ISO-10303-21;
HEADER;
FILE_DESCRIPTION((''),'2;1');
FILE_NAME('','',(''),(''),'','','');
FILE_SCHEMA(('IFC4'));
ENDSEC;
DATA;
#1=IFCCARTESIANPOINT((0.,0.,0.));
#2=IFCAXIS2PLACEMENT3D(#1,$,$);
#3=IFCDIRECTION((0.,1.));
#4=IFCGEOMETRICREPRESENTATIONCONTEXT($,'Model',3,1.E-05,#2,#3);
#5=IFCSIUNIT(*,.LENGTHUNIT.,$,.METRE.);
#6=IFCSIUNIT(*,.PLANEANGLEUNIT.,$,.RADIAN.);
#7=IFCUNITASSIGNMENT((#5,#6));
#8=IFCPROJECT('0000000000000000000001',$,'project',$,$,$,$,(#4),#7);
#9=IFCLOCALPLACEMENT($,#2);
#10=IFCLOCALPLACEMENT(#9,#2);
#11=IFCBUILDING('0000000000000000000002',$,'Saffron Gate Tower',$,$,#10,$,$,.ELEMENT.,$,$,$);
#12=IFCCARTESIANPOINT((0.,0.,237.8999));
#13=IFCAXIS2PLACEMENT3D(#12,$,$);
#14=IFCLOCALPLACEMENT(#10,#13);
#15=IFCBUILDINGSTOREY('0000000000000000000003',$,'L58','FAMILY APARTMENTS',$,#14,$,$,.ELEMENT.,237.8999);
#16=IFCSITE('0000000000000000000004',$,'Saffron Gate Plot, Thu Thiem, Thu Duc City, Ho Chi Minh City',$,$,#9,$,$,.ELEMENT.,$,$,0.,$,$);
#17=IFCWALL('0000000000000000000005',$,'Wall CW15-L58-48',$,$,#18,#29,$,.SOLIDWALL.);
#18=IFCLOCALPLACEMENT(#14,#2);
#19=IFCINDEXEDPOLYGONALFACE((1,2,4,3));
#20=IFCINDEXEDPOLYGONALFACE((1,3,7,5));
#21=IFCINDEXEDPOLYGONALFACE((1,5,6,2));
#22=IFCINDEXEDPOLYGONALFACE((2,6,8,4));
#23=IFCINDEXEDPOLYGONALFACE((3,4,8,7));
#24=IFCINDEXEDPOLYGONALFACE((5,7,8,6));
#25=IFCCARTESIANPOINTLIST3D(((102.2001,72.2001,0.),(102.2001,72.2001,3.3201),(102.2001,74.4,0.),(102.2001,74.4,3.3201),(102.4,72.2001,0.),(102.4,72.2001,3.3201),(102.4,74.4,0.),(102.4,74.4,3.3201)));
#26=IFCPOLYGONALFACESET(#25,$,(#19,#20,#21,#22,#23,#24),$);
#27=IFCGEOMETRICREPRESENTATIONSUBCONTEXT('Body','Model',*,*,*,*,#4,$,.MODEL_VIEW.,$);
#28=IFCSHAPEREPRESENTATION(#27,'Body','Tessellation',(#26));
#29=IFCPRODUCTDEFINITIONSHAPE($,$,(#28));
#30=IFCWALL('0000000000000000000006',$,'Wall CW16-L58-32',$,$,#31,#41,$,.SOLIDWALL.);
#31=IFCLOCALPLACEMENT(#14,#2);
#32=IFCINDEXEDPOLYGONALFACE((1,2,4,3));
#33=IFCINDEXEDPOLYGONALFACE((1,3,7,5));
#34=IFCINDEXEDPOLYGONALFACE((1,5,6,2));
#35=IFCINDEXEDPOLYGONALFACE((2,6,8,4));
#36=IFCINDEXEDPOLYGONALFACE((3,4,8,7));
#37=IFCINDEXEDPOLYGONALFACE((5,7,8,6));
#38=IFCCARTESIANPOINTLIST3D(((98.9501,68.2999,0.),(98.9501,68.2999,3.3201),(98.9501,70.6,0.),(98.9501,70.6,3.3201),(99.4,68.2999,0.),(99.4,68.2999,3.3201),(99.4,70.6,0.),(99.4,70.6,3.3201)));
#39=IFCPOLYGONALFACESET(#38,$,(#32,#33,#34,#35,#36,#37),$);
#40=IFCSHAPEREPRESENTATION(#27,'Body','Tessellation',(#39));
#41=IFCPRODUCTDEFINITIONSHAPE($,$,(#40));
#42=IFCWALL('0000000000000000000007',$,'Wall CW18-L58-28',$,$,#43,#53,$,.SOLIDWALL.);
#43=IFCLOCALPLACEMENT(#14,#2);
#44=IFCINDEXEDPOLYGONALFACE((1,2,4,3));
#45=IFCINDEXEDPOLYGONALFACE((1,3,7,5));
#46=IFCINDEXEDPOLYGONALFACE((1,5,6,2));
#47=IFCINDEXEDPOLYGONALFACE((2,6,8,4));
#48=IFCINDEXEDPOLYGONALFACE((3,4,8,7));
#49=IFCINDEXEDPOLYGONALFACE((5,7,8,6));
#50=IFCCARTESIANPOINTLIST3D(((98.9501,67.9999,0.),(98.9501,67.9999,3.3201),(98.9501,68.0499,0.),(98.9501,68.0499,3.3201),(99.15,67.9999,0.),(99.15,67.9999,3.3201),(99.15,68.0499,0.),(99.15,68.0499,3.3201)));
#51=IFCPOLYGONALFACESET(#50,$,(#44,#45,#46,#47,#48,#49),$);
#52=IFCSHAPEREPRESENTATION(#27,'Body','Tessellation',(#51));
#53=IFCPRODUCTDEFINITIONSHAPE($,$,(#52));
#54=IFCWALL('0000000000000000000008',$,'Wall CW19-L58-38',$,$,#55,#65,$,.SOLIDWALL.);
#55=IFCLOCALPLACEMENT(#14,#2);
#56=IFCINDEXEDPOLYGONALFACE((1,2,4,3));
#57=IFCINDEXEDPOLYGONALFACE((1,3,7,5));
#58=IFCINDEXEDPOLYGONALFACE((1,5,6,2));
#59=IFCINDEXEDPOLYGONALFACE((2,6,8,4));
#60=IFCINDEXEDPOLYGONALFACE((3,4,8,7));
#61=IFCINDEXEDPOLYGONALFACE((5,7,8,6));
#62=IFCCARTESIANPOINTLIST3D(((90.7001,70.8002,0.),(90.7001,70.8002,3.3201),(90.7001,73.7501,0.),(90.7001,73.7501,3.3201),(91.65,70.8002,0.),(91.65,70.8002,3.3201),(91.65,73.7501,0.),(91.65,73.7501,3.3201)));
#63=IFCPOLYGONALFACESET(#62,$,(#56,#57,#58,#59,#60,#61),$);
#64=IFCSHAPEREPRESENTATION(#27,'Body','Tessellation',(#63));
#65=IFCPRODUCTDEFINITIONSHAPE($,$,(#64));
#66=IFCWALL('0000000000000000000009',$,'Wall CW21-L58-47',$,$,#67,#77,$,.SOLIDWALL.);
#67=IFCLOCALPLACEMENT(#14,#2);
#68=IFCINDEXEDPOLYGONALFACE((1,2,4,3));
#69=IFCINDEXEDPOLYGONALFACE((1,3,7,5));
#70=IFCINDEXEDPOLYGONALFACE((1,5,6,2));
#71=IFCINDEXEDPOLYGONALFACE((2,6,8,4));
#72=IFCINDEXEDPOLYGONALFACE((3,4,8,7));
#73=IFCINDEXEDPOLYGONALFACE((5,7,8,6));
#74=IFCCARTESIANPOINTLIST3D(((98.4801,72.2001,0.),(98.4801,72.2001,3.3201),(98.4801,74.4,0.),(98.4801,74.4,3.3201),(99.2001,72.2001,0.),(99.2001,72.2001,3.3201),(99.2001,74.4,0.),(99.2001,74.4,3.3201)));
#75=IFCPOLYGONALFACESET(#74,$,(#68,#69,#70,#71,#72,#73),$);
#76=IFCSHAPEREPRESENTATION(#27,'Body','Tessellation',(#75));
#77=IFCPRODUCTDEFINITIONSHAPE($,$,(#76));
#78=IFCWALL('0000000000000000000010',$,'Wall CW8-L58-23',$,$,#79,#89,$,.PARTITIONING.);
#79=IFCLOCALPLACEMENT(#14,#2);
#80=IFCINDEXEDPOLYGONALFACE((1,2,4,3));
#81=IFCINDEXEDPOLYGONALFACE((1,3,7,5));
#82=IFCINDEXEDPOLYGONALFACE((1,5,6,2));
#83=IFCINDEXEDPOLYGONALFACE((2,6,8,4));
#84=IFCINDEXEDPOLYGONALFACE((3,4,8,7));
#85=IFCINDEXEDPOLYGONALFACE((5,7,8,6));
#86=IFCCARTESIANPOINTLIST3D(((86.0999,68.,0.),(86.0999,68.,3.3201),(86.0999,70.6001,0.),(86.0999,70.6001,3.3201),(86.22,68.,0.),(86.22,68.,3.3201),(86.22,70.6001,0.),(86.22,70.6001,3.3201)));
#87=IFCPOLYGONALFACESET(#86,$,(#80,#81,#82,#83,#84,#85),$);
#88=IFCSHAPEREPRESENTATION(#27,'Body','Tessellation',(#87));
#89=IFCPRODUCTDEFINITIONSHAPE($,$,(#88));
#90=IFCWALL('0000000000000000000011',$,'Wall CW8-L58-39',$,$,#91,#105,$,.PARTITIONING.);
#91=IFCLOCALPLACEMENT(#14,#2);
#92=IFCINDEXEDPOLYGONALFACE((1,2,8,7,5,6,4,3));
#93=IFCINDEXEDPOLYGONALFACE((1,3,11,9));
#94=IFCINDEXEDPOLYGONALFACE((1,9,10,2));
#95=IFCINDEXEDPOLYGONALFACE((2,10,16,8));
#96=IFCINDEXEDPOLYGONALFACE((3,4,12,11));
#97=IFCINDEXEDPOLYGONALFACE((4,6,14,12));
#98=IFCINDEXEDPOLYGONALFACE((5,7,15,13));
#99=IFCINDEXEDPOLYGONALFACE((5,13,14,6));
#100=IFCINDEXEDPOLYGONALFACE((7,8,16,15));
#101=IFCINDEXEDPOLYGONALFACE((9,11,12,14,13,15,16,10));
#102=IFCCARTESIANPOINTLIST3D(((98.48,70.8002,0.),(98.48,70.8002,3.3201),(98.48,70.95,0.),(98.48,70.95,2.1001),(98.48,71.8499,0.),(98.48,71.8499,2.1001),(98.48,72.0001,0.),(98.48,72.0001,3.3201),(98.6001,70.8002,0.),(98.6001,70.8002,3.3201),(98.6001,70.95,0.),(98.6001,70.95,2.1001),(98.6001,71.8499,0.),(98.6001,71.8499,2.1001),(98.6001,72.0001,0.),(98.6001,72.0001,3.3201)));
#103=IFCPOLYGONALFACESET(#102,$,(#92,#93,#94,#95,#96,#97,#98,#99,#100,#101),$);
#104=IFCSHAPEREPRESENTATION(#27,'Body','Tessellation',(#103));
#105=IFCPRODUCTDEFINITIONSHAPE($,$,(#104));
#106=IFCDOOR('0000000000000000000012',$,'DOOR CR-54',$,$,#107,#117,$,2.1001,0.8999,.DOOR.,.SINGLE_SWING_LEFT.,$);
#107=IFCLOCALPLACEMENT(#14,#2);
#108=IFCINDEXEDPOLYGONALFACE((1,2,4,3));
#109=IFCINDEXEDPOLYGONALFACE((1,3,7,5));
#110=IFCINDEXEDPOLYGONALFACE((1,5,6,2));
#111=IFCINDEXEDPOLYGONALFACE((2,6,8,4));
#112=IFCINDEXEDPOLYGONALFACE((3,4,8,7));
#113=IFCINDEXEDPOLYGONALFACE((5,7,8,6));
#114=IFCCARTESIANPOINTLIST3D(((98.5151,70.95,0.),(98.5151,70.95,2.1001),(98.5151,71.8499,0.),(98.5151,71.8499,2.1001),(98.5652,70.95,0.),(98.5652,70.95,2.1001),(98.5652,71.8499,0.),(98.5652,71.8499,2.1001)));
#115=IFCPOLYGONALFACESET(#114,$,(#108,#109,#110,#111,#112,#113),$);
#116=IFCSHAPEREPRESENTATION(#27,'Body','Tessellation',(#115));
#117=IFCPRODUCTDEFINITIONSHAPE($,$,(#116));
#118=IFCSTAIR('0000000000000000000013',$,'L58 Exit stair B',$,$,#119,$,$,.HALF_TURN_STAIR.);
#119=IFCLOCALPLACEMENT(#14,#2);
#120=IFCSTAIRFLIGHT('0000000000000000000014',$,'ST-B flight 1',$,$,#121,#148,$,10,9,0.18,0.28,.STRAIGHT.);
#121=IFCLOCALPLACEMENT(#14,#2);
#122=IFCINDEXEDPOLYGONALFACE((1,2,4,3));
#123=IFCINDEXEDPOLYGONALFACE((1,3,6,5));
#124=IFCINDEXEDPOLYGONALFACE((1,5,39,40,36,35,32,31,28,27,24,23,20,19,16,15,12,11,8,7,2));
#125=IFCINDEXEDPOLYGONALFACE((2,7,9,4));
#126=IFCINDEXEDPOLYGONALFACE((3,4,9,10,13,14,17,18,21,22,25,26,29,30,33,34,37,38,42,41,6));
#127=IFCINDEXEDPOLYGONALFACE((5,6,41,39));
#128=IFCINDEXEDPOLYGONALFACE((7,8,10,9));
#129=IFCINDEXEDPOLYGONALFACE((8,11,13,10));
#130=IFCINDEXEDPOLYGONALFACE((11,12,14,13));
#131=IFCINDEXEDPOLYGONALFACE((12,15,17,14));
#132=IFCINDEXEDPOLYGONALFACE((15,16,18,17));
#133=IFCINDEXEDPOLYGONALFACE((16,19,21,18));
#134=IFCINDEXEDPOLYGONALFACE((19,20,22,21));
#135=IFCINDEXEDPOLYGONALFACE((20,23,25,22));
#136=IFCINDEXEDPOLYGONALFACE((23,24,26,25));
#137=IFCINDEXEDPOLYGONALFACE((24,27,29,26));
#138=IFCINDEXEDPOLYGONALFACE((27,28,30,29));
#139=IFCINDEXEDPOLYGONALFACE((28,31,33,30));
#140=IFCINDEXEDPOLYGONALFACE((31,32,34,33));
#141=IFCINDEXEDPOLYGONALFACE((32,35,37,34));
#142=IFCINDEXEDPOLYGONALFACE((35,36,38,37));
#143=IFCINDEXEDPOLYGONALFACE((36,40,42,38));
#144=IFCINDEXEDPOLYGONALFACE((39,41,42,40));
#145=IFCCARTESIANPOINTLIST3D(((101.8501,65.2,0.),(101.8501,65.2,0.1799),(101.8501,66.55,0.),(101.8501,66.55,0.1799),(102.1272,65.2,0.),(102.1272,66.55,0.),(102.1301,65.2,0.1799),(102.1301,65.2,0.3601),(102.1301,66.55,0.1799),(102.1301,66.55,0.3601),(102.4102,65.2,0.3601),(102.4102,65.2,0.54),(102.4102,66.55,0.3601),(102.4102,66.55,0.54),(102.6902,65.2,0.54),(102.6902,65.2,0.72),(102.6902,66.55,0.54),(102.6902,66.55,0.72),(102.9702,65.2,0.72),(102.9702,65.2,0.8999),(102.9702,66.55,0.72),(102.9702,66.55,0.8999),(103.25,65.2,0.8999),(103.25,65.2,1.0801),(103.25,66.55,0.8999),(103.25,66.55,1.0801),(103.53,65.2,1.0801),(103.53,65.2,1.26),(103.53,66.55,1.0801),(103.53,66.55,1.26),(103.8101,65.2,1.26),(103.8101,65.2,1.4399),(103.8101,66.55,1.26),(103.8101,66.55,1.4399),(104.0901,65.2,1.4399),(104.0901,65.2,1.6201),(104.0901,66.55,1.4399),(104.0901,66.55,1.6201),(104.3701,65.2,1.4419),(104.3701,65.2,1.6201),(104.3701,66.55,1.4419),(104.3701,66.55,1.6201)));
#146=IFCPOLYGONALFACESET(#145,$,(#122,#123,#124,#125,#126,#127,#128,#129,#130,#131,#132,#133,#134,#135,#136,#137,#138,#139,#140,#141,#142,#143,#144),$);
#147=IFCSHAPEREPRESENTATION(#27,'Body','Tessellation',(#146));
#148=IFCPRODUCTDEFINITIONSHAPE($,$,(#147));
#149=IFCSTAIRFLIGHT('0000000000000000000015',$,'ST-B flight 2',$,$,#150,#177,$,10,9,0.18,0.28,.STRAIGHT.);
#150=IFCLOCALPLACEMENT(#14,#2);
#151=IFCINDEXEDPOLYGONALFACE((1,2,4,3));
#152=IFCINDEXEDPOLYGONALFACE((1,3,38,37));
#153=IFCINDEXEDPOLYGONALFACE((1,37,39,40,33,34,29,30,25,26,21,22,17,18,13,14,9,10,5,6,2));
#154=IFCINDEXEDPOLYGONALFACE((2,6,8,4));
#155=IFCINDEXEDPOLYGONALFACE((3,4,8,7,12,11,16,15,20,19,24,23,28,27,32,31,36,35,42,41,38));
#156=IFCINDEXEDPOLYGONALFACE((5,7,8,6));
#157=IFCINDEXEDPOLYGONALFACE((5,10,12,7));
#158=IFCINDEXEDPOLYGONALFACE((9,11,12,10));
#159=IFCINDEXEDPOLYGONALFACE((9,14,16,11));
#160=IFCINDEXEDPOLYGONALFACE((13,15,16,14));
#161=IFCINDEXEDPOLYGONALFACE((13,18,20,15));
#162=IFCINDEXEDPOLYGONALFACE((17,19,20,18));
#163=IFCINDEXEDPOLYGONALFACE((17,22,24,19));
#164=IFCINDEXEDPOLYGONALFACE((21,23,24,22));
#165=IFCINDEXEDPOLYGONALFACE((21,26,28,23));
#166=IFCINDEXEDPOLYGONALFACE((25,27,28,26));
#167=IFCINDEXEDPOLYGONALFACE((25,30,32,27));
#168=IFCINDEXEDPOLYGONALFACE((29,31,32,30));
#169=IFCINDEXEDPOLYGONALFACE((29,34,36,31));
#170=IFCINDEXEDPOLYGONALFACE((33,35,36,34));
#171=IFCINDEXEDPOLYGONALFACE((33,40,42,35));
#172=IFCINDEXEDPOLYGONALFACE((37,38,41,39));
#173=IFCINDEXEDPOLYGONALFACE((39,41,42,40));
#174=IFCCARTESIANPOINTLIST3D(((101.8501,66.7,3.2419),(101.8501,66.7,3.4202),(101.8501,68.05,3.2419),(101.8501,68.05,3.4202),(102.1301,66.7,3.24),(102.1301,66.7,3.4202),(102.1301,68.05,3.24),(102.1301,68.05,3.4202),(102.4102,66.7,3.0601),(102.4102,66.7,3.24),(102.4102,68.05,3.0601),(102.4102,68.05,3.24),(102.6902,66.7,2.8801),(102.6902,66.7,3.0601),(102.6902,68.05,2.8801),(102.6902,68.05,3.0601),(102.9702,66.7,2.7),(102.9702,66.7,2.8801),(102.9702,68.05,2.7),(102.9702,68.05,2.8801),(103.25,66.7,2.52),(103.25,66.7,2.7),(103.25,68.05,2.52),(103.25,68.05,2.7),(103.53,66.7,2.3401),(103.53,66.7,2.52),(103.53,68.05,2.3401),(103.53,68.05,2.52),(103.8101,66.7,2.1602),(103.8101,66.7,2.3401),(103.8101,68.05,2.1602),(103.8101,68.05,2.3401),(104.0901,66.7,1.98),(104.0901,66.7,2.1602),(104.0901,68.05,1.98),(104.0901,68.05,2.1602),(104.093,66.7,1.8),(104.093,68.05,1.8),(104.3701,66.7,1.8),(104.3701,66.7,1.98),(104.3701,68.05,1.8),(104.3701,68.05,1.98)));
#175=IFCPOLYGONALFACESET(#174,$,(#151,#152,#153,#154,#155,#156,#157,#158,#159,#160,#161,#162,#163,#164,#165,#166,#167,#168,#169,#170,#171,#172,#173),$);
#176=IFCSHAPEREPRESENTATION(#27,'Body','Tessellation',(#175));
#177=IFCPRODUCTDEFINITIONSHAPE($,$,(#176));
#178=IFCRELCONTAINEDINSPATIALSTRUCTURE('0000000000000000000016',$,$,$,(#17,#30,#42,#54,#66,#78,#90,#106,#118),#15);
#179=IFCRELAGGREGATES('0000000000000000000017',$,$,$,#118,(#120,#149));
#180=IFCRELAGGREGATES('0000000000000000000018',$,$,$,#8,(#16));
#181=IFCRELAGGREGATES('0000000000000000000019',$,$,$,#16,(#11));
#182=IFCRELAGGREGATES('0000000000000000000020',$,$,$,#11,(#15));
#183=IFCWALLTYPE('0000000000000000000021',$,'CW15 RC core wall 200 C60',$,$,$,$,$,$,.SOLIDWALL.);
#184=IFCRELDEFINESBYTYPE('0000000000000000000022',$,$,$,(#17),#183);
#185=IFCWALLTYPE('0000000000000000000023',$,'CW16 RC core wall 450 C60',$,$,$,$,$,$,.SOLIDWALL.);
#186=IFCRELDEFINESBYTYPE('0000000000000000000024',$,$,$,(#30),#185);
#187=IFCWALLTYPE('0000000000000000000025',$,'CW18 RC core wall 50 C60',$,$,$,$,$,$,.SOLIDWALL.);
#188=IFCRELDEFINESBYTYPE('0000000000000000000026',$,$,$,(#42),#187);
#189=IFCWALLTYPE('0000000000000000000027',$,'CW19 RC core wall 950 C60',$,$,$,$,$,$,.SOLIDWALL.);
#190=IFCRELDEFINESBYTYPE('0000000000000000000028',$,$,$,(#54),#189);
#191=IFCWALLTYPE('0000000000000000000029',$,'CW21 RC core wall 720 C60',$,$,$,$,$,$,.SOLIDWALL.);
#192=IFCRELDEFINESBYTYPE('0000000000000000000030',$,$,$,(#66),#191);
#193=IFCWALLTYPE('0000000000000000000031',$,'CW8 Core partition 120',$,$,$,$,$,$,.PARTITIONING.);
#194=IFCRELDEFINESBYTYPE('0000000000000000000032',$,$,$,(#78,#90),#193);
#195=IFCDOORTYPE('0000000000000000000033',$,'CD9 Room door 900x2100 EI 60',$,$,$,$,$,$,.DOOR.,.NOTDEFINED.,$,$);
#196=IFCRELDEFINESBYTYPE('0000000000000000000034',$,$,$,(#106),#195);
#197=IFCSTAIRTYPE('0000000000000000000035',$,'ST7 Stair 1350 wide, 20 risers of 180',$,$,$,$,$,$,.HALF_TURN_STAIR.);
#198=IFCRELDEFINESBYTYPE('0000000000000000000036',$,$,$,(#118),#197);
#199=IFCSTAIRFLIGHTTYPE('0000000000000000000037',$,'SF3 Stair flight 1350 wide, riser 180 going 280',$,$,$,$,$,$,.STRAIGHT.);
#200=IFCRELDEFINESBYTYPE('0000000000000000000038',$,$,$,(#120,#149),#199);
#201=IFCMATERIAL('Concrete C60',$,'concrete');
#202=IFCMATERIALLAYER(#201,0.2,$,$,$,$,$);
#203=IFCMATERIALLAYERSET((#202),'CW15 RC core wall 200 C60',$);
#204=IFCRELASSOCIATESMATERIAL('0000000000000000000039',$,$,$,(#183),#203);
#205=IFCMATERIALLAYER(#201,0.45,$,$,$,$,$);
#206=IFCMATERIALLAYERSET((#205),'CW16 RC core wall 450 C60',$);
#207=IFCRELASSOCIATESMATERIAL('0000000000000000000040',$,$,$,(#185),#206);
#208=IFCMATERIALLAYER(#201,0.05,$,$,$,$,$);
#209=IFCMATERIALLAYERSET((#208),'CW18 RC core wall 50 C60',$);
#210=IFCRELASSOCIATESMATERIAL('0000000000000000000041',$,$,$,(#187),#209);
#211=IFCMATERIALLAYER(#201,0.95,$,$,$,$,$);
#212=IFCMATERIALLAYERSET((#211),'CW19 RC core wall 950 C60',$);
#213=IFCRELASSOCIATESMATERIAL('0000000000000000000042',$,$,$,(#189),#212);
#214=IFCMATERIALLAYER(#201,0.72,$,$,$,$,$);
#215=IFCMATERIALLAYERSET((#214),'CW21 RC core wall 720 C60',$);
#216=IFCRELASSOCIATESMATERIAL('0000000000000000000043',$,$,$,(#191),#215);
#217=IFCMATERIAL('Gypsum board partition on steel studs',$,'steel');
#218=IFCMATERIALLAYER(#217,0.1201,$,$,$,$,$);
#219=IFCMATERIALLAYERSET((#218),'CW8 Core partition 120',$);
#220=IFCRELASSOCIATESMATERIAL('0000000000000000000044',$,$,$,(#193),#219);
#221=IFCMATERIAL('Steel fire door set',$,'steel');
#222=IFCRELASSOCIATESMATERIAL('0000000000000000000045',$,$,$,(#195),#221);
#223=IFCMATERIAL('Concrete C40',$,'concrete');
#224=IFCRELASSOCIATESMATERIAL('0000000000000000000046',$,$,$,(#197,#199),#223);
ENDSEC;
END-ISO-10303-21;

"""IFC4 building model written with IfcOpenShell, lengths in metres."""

from ifc_helpers import new_model, si_unit, direction, frame, frame_2d, origin, place, context, subcontext, project, spatial, polyline, rectangle, outline, extrude, material, layer, layer_set, type_object, element, fill, aggregate, save


model = new_model("IFC4")

# Units and contexts
model_context = context("Model", 3, precision=1e-05, world=origin(), true_north=direction((0.0, 1.0)))
body_context = subcontext(model_context, "Body", "Model", "MODEL_VIEW")
ifc_project = project(units=[si_unit("LENGTHUNIT", "METRE"), si_unit("PLANEANGLEUNIT", "RADIAN")], contexts=[model_context])

# Site, building, storey
site_placement = place(None, origin())
site = spatial("IfcSite", under=ifc_project, at=site_placement, Name="Saffron Gate Plot, Thu Thiem, Thu Duc City, Ho Chi Minh City", CompositionType="ELEMENT", RefElevation=0.0)
building_placement = place(site_placement, origin())
building = spatial("IfcBuilding", under=site, at=building_placement, Name="Saffron Gate Tower", CompositionType="ELEMENT")
storey_placement = place(building_placement, frame((0.0, 0.0, 237.8999)))
storey = spatial("IfcBuildingStorey", under=building, at=storey_placement, Name="L58", Description="FAMILY APARTMENTS", CompositionType="ELEMENT", Elevation=237.8999)

# Shared definitions
ifc_material_1 = material(Name="Gypsum board partition on steel studs", Category="steel")
ifc_material_2 = material(Name="Concrete C60", Category="concrete")

# Shared definitions
ifc_material_3 = material(Name="Steel fire door set", Category="steel")

# Shared definitions
ifc_layer_1 = layer(ifc_material_2, 0.2)
ifc_layer_set_1 = layer_set([ifc_layer_1], Name="CW15 RC core wall 200 C60")
wall_type_1 = type_object("IfcWallType", Name="CW15 RC core wall 200 C60", PredefinedType="SOLIDWALL", material=ifc_layer_set_1)

# Walls
wall_1_placement = place(storey_placement, frame((102.3, 72.2, 0.0), z_axis=(0.0, 0.0, 1.0), x_axis=(0.0, 1.0, 0.0)))
element("IfcWall", 1, at=wall_1_placement, inside=storey, type_object=wall_type_1, Name="Wall CW15-L58-48", PredefinedType="SOLIDWALL", context=body_context, shape_type="SweptSolid", body=[
    extrude(rectangle(XDim=2.2, YDim=0.2, at=frame_2d((1.1001, 0.0))), origin(), (0.0, 0.0, 1.0), 3.3201),
])
ifc_layer_2 = layer(ifc_material_2, 0.45)
ifc_layer_set_2 = layer_set([ifc_layer_2], Name="CW16 RC core wall 450 C60")
wall_type_2 = type_object("IfcWallType", Name="CW16 RC core wall 450 C60", PredefinedType="SOLIDWALL", material=ifc_layer_set_2)
wall_2_placement = place(storey_placement, frame((99.175, 68.3, 0.0), z_axis=(0.0, 0.0, 1.0), x_axis=(0.0, 1.0, 0.0)))
element("IfcWall", 2, at=wall_2_placement, inside=storey, type_object=wall_type_2, Name="Wall CW16-L58-32", PredefinedType="SOLIDWALL", context=body_context, shape_type="SweptSolid", body=[
    extrude(rectangle(XDim=2.3, YDim=0.45, at=frame_2d((1.1499, 0.0))), origin(), (0.0, 0.0, 1.0), 3.3201),
])
ifc_layer_3 = layer(ifc_material_2, 0.05)
ifc_layer_set_3 = layer_set([ifc_layer_3], Name="CW18 RC core wall 50 C60")
wall_type_3 = type_object("IfcWallType", Name="CW18 RC core wall 50 C60", PredefinedType="SOLIDWALL", material=ifc_layer_set_3)
wall_3_placement = place(storey_placement, frame((98.95, 68.0249, 0.0), z_axis=(0.0, 0.0, 1.0), x_axis=(1.0, 0.0, 0.0)))
element("IfcWall", 3, at=wall_3_placement, inside=storey, type_object=wall_type_3, Name="Wall CW18-L58-28", PredefinedType="SOLIDWALL", context=body_context, shape_type="SweptSolid", body=[
    extrude(rectangle(XDim=0.2, YDim=0.05, at=frame_2d((0.1001, 0.0))), origin(), (0.0, 0.0, 1.0), 3.3201),
])
ifc_layer_4 = layer(ifc_material_2, 0.95)
ifc_layer_set_4 = layer_set([ifc_layer_4], Name="CW19 RC core wall 950 C60")
wall_type_4 = type_object("IfcWallType", Name="CW19 RC core wall 950 C60", PredefinedType="SOLIDWALL", material=ifc_layer_set_4)
wall_4_placement = place(storey_placement, frame((91.175, 70.8, 0.0), z_axis=(0.0, 0.0, 1.0), x_axis=(0.0, 1.0, 0.0)))
element("IfcWall", 4, at=wall_4_placement, inside=storey, type_object=wall_type_4, Name="Wall CW19-L58-38", PredefinedType="SOLIDWALL", context=body_context, shape_type="SweptSolid", body=[
    extrude(rectangle(XDim=2.95, YDim=0.95, at=frame_2d((1.4751, 0.0))), origin(), (0.0, 0.0, 1.0), 3.3201),
])
ifc_layer_5 = layer(ifc_material_2, 0.72)
ifc_layer_set_5 = layer_set([ifc_layer_5], Name="CW21 RC core wall 720 C60")
wall_type_5 = type_object("IfcWallType", Name="CW21 RC core wall 720 C60", PredefinedType="SOLIDWALL", material=ifc_layer_set_5)
wall_5_placement = place(storey_placement, frame((98.8401, 72.2, 0.0), z_axis=(0.0, 0.0, 1.0), x_axis=(0.0, 1.0, 0.0)))
element("IfcWall", 5, at=wall_5_placement, inside=storey, type_object=wall_type_5, Name="Wall CW21-L58-47", PredefinedType="SOLIDWALL", context=body_context, shape_type="SweptSolid", body=[
    extrude(rectangle(XDim=2.2, YDim=0.72, at=frame_2d((1.1001, 0.0))), origin(), (0.0, 0.0, 1.0), 3.3201),
])
ifc_layer_6 = layer(ifc_material_1, 0.1201)
ifc_layer_set_6 = layer_set([ifc_layer_6], Name="CW8 Core partition 120")
wall_type_6 = type_object("IfcWallType", Name="CW8 Core partition 120", PredefinedType="PARTITIONING", material=ifc_layer_set_6)
wall_6_placement = place(storey_placement, frame((86.1599, 68.0, 0.0), z_axis=(0.0, 0.0, 1.0), x_axis=(0.0, 1.0, 0.0)))
element("IfcWall", 6, at=wall_6_placement, inside=storey, type_object=wall_type_6, Name="Wall CW8-L58-23", PredefinedType="PARTITIONING", context=body_context, shape_type="SweptSolid", body=[
    extrude(rectangle(XDim=2.6001, YDim=0.1201, at=frame_2d((1.3, 0.0))), origin(), (0.0, 0.0, 1.0), 3.3201),
])

# Wall, opening, door
wall_7_placement = place(storey_placement, frame((98.54, 70.8, 0.0), z_axis=(0.0, 0.0, 1.0), x_axis=(0.0, 1.0, 0.0)))
wall_7 = element("IfcWall", 7, at=wall_7_placement, inside=storey, type_object=wall_type_6, Name="Wall CW8-L58-39", PredefinedType="PARTITIONING", context=body_context, shape_type="SweptSolid", body=[
    extrude(rectangle(XDim=1.2, YDim=0.1201, at=frame_2d((0.6001, 0.0))), origin(), (0.0, 0.0, 1.0), 3.3201),
])
opening_1_placement = place(wall_7_placement, frame((0.1499, 0.0, 0.0)))
opening_1 = element("IfcOpeningElement", 8, at=opening_1_placement, cuts=wall_7, PredefinedType="OPENING", context=body_context, shape_type="SweptSolid", body=[
    extrude(rectangle(XDim=0.8999, YDim=2.1001, at=frame_2d((0.45, 1.05))), frame((0.0, 0.0701, 0.0), z_axis=(0.0, -1.0, 0.0), x_axis=(1.0, 0.0, 0.0)), (0.0, 0.0, 1.0), 0.1401),
])
door_type_1 = type_object("IfcDoorType", Name="CD9 Room door 900x2100 EI 60", OperationType="NOTDEFINED", PredefinedType="DOOR", material=ifc_material_3)
door_1_placement = place(opening_1_placement, origin())
door_1 = element("IfcDoor", 9, at=door_1_placement, inside=storey, type_object=door_type_1, Name="DOOR CR-54", OperationType="SINGLE_SWING_LEFT", OverallHeight=2.1001, OverallWidth=0.8999, PredefinedType="DOOR", context=body_context, shape_type="SweptSolid", body=[
    extrude(rectangle(XDim=0.8999, YDim=2.1001, at=frame_2d((0.45, 1.05))), frame((0.0, 0.0249, 0.0), z_axis=(0.0, -1.0, 0.0), x_axis=(1.0, 0.0, 0.0)), (0.0, 0.0, 1.0), 0.05),
])
fill(opening_1, door_1)

# Stair, stair flights
ifc_material_4 = material(Name="Concrete C40", Category="concrete")
stair_type = type_object("IfcStairType", Name="ST7 Stair 1350 wide, 20 risers of 180", PredefinedType="HALF_TURN_STAIR", material=ifc_material_4)
stair_1_placement = place(storey_placement, origin())
stair_1 = element("IfcStair", 10, at=stair_1_placement, inside=storey, type_object=stair_type, Name="L58 Exit stair B", PredefinedType="HALF_TURN_STAIR")
stair_flight_type = type_object("IfcStairFlightType", Name="SF3 Stair flight 1350 wide, riser 180 going 280", PredefinedType="STRAIGHT", material=ifc_material_4)
stair_flight_1_placement = place(storey_placement, frame((101.8501, 65.875, 0.0), z_axis=(0.0, 0.0, 1.0), x_axis=(1.0, 0.0, 0.0)))
stair_flight_1 = element("IfcStairFlight", 11, at=stair_flight_1_placement, type_object=stair_flight_type, Name="ST-B flight 1", NumberOfRisers=10, NumberOfTreads=9, PredefinedType="STRAIGHT", RiserHeight=0.18, TreadLength=0.28, context=body_context, shape_type="SweptSolid", body=[
    extrude(outline(polyline([(0.0, 0.0), (0.0, 0.1799), (0.28, 0.1799), (0.28, 0.3601), (0.5601, 0.3601), (0.5601, 0.54), (0.8401, 0.54), (0.8401, 0.72), (1.1201, 0.72), (1.1201, 0.8999), (1.3999, 0.8999), (1.3999, 1.0801), (1.6799, 1.0801), (1.6799, 1.26), (1.96, 1.26), (1.96, 1.4399), (2.24, 1.4399), (2.24, 1.6201), (2.52, 1.6201), (2.52, 1.8), (2.52, 1.4419), (0.2771, 0.0), (0.0, 0.0)])), frame((0.0, 0.675, 0.0), z_axis=(0.0, -1.0, 0.0), x_axis=(1.0, 0.0, 0.0)), (0.0, 0.0, 1.0), 1.3501),
])
stair_flight_2_placement = place(storey_placement, frame((104.3701, 67.375, 1.8), z_axis=(0.0, 0.0, 1.0), x_axis=(-1.0, 0.0, 0.0)))
stair_flight_2 = element("IfcStairFlight", 12, at=stair_flight_2_placement, type_object=stair_flight_type, Name="ST-B flight 2", NumberOfRisers=10, NumberOfTreads=9, PredefinedType="STRAIGHT", RiserHeight=0.18, TreadLength=0.28, context=body_context, shape_type="SweptSolid", body=[
    extrude(outline(polyline([(0.0, 0.0), (0.0, 0.1799), (0.28, 0.1799), (0.28, 0.3601), (0.5601, 0.3601), (0.5601, 0.54), (0.8401, 0.54), (0.8401, 0.72), (1.1201, 0.72), (1.1201, 0.8999), (1.3999, 0.8999), (1.3999, 1.0801), (1.6799, 1.0801), (1.6799, 1.26), (1.96, 1.26), (1.96, 1.4399), (2.24, 1.4399), (2.24, 1.6201), (2.52, 1.6201), (2.52, 1.8), (2.52, 1.4419), (0.2771, 0.0), (0.0, 0.0)])), frame((0.0, 0.675, 0.0), z_axis=(0.0, -1.0, 0.0), x_axis=(1.0, 0.0, 0.0)), (0.0, 0.0, 1.0), 1.3501),
])
aggregate(stair_1, [stair_flight_1, stair_flight_2])

save(model, "model.ifc")
